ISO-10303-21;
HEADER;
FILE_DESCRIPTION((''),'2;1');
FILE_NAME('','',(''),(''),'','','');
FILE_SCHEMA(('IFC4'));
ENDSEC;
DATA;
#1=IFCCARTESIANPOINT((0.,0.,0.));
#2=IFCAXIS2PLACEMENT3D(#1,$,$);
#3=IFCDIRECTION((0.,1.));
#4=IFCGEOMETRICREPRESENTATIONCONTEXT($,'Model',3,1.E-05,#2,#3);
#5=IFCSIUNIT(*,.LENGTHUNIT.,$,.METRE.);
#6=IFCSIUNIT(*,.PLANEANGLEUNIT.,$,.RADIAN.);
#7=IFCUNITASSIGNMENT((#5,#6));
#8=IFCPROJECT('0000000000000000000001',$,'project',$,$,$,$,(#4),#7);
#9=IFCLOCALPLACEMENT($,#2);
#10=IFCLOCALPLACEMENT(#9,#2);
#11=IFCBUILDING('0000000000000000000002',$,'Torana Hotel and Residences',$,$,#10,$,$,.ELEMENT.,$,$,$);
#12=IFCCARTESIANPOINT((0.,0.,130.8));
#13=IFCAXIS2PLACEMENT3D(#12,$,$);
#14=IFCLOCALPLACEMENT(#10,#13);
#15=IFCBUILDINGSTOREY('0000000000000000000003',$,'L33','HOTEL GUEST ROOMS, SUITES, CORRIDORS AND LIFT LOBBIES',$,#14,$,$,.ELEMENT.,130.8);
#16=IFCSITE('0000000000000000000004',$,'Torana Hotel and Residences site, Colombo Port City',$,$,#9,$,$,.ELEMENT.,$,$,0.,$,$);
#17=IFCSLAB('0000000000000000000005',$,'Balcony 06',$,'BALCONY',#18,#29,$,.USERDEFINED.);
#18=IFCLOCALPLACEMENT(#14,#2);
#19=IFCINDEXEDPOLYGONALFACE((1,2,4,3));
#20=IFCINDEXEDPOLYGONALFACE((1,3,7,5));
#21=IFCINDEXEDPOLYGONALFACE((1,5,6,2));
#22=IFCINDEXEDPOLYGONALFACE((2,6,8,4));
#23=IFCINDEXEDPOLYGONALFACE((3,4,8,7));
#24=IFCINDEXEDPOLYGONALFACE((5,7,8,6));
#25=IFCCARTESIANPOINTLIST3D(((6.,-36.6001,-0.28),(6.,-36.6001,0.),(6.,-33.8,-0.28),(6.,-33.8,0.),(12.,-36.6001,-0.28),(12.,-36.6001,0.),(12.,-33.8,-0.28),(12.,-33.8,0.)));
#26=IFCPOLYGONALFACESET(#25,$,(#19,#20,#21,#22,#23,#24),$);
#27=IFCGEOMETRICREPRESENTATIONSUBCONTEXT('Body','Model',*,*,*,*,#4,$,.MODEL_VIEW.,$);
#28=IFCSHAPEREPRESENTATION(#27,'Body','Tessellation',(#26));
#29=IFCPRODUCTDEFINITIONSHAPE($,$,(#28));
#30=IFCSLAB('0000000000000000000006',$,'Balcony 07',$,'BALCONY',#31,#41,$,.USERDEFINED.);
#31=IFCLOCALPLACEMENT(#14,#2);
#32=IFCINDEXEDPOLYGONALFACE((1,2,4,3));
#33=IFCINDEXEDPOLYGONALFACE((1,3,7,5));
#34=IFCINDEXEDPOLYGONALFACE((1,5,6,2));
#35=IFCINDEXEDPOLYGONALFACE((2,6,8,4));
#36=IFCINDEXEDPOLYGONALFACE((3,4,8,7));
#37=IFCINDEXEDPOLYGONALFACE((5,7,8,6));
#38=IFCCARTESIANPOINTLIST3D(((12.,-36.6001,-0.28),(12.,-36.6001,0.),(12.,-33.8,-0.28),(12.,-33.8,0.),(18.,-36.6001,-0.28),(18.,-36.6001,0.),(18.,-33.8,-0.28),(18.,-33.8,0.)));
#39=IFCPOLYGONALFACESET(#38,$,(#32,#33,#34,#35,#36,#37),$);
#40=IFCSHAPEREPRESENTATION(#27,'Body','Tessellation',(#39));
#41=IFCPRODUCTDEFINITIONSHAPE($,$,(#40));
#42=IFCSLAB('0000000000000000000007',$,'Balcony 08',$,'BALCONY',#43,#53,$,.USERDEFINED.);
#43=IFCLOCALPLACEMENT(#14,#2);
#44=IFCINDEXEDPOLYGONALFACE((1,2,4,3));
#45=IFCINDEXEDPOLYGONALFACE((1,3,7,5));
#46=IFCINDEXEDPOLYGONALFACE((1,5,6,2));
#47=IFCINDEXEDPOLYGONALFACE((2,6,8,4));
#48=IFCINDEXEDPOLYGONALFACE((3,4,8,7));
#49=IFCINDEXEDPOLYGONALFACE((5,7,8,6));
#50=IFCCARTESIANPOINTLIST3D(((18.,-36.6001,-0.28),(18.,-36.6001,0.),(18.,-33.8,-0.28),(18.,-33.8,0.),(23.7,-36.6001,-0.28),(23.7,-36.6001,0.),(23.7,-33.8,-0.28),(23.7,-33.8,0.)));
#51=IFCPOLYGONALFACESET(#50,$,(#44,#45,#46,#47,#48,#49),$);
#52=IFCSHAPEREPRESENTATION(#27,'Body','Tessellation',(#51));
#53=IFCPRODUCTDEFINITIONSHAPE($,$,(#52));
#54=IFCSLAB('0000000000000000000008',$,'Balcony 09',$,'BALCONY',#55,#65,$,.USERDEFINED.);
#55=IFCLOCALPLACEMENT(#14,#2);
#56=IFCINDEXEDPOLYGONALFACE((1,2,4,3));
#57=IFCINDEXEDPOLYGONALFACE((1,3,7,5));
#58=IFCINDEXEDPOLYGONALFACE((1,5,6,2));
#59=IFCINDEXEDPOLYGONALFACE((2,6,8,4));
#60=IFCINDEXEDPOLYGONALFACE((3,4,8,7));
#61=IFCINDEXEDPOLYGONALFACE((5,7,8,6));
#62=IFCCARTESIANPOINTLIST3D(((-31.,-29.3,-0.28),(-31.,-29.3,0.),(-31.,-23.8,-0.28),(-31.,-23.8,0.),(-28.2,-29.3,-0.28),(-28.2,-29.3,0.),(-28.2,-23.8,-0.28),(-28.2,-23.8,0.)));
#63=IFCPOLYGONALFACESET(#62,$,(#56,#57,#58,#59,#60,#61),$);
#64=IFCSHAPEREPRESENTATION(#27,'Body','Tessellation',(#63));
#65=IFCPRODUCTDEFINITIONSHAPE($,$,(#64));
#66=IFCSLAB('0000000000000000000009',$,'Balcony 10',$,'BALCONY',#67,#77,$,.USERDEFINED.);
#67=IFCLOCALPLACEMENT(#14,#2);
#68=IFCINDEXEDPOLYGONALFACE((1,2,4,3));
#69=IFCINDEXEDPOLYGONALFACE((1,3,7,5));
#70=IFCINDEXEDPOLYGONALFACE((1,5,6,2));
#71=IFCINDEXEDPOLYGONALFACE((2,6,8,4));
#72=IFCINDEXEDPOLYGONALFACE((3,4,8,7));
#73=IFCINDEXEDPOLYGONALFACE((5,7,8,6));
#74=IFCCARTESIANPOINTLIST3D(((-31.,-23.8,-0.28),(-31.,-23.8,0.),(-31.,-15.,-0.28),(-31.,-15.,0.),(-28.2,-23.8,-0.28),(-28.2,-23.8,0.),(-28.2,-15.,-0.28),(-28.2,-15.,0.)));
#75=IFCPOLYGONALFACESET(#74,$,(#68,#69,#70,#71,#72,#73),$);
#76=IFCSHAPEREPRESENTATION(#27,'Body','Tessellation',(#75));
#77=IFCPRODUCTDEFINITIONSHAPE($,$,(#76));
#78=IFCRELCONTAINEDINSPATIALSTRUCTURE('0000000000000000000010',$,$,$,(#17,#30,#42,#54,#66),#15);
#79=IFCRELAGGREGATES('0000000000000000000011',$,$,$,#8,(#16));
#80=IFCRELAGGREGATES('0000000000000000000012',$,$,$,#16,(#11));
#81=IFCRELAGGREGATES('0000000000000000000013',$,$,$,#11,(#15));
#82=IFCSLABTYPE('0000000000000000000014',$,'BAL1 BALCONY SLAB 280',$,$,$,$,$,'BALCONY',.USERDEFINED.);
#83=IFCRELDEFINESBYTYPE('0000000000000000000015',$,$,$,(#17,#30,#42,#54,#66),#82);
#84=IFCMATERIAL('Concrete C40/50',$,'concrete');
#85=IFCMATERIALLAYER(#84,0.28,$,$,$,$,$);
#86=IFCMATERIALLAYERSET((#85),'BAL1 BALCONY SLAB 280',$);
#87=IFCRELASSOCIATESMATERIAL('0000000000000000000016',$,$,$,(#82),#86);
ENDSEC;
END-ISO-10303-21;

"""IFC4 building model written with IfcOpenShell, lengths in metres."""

from ifc_helpers import new_model, si_unit, direction, frame, origin, place, context, subcontext, project, spatial, polyline, outline, extrude, material, layer, layer_set, type_object, element, save


model = new_model("IFC4")

# Units and contexts
model_context = context("Model", 3, precision=1e-05, world=origin(), true_north=direction((0.0, 1.0)))
body_context = subcontext(model_context, "Body", "Model", "MODEL_VIEW")
ifc_project = project(units=[si_unit("LENGTHUNIT", "METRE"), si_unit("PLANEANGLEUNIT", "RADIAN")], contexts=[model_context])

# Site, building, storey
site_placement = place(None, origin())
site = spatial("IfcSite", under=ifc_project, at=site_placement, Name="Torana Hotel and Residences site, Colombo Port City", CompositionType="ELEMENT", RefElevation=0.0)
building_placement = place(site_placement, origin())
building = spatial("IfcBuilding", under=site, at=building_placement, Name="Torana Hotel and Residences", CompositionType="ELEMENT")
storey_placement = place(building_placement, frame((0.0, 0.0, 130.8)))
storey = spatial("IfcBuildingStorey", under=building, at=storey_placement, Name="L33", Description="HOTEL GUEST ROOMS, SUITES, CORRIDORS AND LIFT LOBBIES", CompositionType="ELEMENT", Elevation=130.8)

# Slabs
ifc_material_1 = material(Name="Concrete C40/50", Category="concrete")
ifc_layer_1 = layer(ifc_material_1, 0.28)
ifc_layer_set_1 = layer_set([ifc_layer_1], Name="BAL1 BALCONY SLAB 280")
slab_type = type_object("IfcSlabType", Name="BAL1 BALCONY SLAB 280", ElementType="BALCONY", PredefinedType="USERDEFINED", material=ifc_layer_set_1)
slab_1_placement = place(storey_placement, frame((0.0, 0.0, -0.28)))
element("IfcSlab", 1, at=slab_1_placement, inside=storey, type_object=slab_type, Name="Balcony 06", ObjectType="BALCONY", PredefinedType="USERDEFINED", context=body_context, shape_type="SweptSolid", body=[
    extrude(outline(polyline([(6.0, -36.6001), (12.0, -36.6001), (12.0, -33.8), (6.0, -33.8), (6.0, -36.6001)])), origin(), (0.0, 0.0, 1.0), 0.28),
])
slab_2_placement = place(storey_placement, frame((0.0, 0.0, -0.28)))
element("IfcSlab", 2, at=slab_2_placement, inside=storey, type_object=slab_type, Name="Balcony 07", ObjectType="BALCONY", PredefinedType="USERDEFINED", context=body_context, shape_type="SweptSolid", body=[
    extrude(outline(polyline([(12.0, -36.6001), (18.0, -36.6001), (18.0, -33.8), (12.0, -33.8), (12.0, -36.6001)])), origin(), (0.0, 0.0, 1.0), 0.28),
])
slab_3_placement = place(storey_placement, frame((0.0, 0.0, -0.28)))
element("IfcSlab", 3, at=slab_3_placement, inside=storey, type_object=slab_type, Name="Balcony 08", ObjectType="BALCONY", PredefinedType="USERDEFINED", context=body_context, shape_type="SweptSolid", body=[
    extrude(outline(polyline([(18.0, -36.6001), (23.7, -36.6001), (23.7, -33.8), (18.0, -33.8), (18.0, -36.6001)])), origin(), (0.0, 0.0, 1.0), 0.28),
])
slab_4_placement = place(storey_placement, frame((0.0, 0.0, -0.28)))
element("IfcSlab", 4, at=slab_4_placement, inside=storey, type_object=slab_type, Name="Balcony 09", ObjectType="BALCONY", PredefinedType="USERDEFINED", context=body_context, shape_type="SweptSolid", body=[
    extrude(outline(polyline([(-31.0, -29.3), (-28.2, -29.3), (-28.2, -23.8), (-31.0, -23.8), (-31.0, -29.3)])), origin(), (0.0, 0.0, 1.0), 0.28),
])
slab_5_placement = place(storey_placement, frame((0.0, 0.0, -0.28)))
element("IfcSlab", 5, at=slab_5_placement, inside=storey, type_object=slab_type, Name="Balcony 10", ObjectType="BALCONY", PredefinedType="USERDEFINED", context=body_context, shape_type="SweptSolid", body=[
    extrude(outline(polyline([(-31.0, -23.8), (-28.2, -23.8), (-28.2, -15.0), (-31.0, -15.0), (-31.0, -23.8)])), origin(), (0.0, 0.0, 1.0), 0.28),
])

save(model, "model.ifc")
